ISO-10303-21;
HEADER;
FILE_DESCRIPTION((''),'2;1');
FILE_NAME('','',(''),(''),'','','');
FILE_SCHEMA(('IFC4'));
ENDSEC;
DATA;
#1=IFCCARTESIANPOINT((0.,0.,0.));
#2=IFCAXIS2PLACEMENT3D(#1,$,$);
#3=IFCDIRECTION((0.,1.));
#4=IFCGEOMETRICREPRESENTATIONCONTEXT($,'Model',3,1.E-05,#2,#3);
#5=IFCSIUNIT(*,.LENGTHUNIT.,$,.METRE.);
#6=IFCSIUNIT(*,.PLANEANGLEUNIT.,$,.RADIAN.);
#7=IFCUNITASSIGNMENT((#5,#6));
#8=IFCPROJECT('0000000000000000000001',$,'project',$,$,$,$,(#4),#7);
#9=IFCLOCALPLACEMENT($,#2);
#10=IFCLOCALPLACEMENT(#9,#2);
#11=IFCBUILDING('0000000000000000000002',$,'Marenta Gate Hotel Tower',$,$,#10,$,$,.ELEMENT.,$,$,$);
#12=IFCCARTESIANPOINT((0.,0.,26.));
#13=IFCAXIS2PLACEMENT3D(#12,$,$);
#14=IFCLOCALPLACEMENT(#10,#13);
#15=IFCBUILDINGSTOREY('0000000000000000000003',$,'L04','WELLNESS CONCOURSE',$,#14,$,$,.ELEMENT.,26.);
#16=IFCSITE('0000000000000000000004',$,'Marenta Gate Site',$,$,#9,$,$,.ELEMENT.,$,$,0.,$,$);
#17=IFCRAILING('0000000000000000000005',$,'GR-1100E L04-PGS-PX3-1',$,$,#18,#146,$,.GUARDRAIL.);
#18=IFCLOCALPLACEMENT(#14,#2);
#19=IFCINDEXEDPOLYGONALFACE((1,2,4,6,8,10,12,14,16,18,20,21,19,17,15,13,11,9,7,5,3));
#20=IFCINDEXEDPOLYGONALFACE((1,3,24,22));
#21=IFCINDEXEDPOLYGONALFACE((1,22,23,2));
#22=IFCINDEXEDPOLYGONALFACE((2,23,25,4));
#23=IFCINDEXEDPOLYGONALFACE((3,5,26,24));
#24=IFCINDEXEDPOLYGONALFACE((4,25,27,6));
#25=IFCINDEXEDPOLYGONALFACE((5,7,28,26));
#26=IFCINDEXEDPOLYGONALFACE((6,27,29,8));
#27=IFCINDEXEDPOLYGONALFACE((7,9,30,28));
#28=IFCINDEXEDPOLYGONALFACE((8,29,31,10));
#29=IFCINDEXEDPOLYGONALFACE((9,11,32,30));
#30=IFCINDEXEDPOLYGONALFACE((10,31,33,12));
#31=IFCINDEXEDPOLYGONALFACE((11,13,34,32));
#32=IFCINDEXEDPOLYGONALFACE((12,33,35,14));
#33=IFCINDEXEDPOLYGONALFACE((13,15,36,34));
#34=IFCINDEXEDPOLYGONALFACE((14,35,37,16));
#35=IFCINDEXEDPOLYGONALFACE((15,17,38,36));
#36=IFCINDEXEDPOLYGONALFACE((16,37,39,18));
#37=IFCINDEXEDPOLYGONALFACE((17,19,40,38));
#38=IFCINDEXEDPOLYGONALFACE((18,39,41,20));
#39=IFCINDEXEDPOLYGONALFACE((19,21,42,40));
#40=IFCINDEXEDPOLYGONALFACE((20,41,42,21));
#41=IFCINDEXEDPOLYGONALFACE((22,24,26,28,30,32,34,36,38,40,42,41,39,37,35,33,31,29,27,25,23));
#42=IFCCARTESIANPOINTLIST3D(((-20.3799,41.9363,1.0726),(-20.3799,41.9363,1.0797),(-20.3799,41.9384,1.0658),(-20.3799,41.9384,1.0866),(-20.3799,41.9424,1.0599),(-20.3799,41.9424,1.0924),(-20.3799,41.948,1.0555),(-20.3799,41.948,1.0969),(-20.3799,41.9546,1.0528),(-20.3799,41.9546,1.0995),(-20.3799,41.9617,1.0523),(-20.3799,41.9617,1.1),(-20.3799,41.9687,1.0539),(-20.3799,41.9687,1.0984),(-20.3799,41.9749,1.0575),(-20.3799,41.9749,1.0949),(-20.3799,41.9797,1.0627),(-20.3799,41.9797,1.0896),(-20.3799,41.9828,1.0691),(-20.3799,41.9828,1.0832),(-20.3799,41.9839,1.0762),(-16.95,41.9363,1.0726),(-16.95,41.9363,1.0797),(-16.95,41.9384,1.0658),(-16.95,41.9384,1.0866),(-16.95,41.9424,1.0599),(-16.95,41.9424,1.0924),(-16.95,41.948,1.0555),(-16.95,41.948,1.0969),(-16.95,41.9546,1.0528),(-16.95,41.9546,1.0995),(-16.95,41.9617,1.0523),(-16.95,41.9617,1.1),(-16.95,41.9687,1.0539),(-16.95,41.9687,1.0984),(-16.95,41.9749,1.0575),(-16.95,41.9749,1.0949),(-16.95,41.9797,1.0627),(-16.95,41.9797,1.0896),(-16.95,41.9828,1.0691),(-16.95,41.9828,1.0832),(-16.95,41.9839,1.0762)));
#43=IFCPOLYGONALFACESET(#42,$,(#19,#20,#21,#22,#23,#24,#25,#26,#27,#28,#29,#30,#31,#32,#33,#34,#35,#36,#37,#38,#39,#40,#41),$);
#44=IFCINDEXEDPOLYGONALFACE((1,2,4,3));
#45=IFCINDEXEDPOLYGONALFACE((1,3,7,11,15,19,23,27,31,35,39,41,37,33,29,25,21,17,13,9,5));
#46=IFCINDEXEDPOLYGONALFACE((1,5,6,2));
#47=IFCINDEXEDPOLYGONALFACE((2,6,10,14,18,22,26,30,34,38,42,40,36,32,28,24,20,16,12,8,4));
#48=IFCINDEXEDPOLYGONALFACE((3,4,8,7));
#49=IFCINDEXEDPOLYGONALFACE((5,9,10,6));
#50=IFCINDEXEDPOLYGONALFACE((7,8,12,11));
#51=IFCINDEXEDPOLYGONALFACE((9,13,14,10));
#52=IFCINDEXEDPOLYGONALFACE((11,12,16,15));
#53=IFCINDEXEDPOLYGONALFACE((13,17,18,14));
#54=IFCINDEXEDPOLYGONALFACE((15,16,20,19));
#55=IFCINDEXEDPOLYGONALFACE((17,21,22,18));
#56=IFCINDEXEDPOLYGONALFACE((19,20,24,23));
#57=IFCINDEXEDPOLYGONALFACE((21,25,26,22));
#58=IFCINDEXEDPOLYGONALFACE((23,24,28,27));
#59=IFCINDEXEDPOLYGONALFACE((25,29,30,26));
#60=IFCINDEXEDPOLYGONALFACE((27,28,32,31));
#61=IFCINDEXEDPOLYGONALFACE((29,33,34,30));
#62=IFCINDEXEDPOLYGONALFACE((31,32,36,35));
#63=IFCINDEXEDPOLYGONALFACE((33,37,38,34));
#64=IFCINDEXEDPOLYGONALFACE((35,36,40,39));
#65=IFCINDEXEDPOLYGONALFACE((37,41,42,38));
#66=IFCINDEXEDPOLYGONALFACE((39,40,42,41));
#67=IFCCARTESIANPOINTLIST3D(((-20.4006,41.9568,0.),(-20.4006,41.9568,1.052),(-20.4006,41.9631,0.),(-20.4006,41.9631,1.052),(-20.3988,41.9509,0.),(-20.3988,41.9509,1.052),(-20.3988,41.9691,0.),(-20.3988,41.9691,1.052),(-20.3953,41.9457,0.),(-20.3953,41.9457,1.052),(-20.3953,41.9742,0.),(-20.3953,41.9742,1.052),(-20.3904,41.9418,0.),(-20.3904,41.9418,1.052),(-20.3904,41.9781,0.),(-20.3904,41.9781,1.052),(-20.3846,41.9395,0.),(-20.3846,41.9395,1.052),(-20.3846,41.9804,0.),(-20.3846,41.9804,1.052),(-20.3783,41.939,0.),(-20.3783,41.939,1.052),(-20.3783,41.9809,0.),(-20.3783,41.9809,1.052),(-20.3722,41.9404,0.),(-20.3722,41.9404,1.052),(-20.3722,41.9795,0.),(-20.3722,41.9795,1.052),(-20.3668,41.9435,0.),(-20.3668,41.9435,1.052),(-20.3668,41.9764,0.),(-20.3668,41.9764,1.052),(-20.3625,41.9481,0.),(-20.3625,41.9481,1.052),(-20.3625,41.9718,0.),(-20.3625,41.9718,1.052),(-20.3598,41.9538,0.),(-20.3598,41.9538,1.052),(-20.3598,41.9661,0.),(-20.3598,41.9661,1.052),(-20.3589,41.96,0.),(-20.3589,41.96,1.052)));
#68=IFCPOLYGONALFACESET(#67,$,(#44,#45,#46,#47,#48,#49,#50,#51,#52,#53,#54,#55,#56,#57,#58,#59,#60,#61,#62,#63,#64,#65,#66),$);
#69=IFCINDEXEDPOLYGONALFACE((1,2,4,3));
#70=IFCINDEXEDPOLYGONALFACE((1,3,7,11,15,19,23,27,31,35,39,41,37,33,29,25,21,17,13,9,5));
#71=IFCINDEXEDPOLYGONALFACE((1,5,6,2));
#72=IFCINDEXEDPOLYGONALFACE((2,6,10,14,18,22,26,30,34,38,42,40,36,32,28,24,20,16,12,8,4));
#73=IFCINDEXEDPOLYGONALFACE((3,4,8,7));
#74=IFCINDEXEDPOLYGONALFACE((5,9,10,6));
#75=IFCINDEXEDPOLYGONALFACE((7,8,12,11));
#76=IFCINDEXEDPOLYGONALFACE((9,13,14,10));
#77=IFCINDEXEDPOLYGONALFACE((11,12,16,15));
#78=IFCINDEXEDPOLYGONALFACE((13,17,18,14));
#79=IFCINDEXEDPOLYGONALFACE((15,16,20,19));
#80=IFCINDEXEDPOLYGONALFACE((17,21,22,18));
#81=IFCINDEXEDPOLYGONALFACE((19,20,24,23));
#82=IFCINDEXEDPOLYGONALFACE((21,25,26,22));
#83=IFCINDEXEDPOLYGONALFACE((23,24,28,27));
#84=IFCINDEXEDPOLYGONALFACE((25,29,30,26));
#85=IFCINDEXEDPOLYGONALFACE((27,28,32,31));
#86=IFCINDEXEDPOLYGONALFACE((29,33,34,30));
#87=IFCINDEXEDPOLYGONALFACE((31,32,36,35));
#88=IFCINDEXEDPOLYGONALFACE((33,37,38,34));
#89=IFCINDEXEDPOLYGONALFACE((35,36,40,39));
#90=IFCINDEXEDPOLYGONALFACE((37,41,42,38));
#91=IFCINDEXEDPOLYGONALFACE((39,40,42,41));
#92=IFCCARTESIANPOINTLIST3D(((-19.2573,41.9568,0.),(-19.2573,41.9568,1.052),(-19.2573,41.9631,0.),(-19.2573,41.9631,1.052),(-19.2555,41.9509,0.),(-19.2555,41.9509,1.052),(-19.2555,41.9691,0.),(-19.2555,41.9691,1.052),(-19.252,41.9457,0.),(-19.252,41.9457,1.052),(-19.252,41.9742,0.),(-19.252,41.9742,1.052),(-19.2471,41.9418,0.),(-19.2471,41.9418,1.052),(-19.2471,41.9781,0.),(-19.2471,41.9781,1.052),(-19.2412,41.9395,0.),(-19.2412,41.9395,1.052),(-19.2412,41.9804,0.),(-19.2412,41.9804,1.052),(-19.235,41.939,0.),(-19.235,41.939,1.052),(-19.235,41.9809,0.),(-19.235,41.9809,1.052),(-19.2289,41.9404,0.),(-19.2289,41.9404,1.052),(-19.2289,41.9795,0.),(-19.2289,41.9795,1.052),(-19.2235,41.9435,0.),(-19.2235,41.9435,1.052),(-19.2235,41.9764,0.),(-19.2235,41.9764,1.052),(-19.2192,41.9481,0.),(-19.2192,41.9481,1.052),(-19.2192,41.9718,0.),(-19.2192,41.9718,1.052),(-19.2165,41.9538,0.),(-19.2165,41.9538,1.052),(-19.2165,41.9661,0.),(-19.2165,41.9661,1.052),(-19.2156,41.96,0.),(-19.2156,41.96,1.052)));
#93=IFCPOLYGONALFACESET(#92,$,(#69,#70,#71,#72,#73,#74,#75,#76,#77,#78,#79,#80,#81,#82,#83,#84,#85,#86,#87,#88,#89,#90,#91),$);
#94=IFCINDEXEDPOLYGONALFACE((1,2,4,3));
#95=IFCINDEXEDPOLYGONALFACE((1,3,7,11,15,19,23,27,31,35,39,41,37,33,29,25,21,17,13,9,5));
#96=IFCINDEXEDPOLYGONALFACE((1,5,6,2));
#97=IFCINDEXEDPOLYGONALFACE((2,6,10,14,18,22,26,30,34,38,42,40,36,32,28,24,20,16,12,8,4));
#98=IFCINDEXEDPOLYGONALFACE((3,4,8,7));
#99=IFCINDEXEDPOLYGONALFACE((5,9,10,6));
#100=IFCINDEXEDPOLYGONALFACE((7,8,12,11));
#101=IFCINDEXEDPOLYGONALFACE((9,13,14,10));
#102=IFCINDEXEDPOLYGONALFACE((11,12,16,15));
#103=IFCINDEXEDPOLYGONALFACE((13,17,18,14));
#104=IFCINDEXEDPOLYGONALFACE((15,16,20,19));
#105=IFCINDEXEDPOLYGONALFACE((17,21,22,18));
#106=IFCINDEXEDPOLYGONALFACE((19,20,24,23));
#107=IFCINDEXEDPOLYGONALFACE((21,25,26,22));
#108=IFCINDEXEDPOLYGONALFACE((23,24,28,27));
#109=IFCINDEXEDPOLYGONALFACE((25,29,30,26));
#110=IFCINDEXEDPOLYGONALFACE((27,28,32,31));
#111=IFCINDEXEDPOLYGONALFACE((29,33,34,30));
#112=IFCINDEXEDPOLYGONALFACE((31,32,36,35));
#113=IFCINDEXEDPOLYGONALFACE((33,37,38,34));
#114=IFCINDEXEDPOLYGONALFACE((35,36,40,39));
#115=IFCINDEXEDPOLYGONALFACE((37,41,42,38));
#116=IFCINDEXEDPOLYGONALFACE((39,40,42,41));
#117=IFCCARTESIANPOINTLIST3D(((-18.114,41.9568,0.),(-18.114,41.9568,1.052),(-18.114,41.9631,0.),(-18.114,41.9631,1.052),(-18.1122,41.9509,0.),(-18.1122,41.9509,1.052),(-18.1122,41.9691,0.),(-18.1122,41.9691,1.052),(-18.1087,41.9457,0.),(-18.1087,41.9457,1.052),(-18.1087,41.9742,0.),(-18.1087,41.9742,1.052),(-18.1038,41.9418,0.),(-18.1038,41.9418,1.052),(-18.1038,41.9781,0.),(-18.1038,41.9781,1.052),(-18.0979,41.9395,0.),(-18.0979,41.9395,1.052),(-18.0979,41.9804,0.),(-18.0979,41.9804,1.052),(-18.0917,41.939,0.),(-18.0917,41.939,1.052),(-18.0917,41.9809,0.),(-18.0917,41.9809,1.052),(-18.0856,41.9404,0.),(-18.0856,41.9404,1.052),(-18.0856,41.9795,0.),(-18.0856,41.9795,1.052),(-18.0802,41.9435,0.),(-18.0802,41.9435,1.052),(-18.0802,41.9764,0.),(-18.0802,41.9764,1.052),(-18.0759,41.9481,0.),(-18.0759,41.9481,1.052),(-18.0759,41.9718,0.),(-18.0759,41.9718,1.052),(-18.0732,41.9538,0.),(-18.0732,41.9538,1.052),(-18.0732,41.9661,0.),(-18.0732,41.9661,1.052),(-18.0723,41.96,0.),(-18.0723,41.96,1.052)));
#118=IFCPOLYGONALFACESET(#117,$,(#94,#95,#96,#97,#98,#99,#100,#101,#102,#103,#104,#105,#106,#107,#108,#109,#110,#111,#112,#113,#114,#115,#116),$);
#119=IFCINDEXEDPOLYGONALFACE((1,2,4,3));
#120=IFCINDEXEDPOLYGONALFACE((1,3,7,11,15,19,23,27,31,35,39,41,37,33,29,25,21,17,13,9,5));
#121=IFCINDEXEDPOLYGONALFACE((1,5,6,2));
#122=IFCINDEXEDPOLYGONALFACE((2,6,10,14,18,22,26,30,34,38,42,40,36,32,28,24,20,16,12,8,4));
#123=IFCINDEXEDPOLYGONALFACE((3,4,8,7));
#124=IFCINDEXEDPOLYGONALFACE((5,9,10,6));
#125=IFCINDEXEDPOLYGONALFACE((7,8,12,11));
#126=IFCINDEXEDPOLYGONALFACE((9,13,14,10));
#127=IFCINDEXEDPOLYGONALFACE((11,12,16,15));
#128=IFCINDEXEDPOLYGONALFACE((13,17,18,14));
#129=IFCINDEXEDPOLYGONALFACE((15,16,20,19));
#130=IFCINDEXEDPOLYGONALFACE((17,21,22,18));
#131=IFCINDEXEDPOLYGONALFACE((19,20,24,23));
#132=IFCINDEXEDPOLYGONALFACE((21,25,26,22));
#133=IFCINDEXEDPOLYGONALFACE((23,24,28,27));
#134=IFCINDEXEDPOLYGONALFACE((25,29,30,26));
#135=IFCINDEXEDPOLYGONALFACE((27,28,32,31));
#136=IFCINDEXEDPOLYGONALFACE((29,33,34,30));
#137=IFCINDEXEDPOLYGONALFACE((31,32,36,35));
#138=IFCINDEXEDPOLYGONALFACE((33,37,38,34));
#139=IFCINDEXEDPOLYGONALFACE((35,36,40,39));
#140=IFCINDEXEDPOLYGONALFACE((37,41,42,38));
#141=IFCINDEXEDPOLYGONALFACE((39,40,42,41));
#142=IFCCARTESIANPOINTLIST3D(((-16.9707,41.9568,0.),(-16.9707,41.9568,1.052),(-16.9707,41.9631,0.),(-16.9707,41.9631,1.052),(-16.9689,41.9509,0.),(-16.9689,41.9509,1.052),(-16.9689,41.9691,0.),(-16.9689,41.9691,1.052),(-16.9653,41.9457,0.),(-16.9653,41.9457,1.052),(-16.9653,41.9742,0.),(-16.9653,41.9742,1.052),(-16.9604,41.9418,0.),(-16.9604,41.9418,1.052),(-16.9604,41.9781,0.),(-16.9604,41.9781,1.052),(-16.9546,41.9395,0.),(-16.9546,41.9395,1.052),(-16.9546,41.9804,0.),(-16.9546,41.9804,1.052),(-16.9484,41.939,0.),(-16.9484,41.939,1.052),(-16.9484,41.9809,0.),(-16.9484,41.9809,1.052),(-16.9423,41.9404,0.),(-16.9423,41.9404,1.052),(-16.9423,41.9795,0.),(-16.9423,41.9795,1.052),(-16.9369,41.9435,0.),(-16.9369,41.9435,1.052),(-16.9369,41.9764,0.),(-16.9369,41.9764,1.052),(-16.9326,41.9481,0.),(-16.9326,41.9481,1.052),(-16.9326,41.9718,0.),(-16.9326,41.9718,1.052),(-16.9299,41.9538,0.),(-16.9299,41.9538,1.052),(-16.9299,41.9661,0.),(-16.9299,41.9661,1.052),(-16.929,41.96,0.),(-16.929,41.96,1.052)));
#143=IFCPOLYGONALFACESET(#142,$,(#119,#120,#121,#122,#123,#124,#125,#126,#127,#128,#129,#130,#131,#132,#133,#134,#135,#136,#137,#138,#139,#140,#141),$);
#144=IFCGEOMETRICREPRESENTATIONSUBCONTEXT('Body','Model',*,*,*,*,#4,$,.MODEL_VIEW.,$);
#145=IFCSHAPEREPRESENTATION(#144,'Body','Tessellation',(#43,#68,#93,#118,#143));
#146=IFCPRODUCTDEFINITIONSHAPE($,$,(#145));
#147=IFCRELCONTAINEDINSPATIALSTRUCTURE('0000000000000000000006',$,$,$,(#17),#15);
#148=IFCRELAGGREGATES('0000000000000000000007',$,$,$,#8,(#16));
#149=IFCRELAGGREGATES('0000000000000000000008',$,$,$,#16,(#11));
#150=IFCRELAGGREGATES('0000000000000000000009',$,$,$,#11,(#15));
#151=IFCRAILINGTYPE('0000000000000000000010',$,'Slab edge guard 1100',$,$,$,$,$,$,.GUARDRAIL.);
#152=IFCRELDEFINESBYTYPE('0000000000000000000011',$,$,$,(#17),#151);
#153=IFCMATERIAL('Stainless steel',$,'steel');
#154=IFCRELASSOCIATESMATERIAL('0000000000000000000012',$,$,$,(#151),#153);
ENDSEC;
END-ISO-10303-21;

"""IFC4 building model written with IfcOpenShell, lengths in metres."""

from ifc_helpers import new_model, si_unit, direction, frame, origin, origin_2d, place, context, subcontext, project, spatial, circle, extrude, material, type_object, element, save


model = new_model("IFC4")

# Units and contexts
model_context = context("Model", 3, precision=1e-05, world=origin(), true_north=direction((0.0, 1.0)))
body_context = subcontext(model_context, "Body", "Model", "MODEL_VIEW")
ifc_project = project(units=[si_unit("LENGTHUNIT", "METRE"), si_unit("PLANEANGLEUNIT", "RADIAN")], contexts=[model_context])

# Site, building, storey
site_placement = place(None, origin())
site = spatial("IfcSite", under=ifc_project, at=site_placement, Name="Marenta Gate Site", CompositionType="ELEMENT", RefElevation=0.0)
building_placement = place(site_placement, origin())
building = spatial("IfcBuilding", under=site, at=building_placement, Name="Marenta Gate Hotel Tower", CompositionType="ELEMENT")
storey_placement = place(building_placement, frame((0.0, 0.0, 26.0)))
storey = spatial("IfcBuildingStorey", under=building, at=storey_placement, Name="L04", Description="WELLNESS CONCOURSE", CompositionType="ELEMENT", Elevation=26.0)

# Railing
ifc_material_1 = material(Name="Stainless steel", Category="steel")
railing_type_1 = type_object("IfcRailingType", Name="Slab edge guard 1100", PredefinedType="GUARDRAIL", material=ifc_material_1)
railing_placement = place(storey_placement, frame((-20.3799, 41.96, 0.0)))
element("IfcRailing", 1, at=railing_placement, inside=storey, type_object=railing_type_1, Name="GR-1100E L04-PGS-PX3-1", PredefinedType="GUARDRAIL", context=body_context, shape_type="SweptSolid", body=[
    extrude(circle(Radius=0.0239, at=origin_2d()), frame((0.0, 0.0, 1.0762), z_axis=(1.0, 0.0, 0.0), x_axis=(0.0, 1.0, 0.0)), (0.0, 0.0, 1.0), 3.4299),
    extrude(circle(Radius=0.021, at=origin_2d()), origin(), (0.0, 0.0, 1.0), 1.052),
    extrude(circle(Radius=0.021, at=origin_2d()), frame((1.1433, 0.0, 0.0)), (0.0, 0.0, 1.0), 1.052),
    extrude(circle(Radius=0.021, at=origin_2d()), frame((2.2866, 0.0, 0.0)), (0.0, 0.0, 1.0), 1.052),
    extrude(circle(Radius=0.021, at=origin_2d()), frame((3.4299, 0.0, 0.0)), (0.0, 0.0, 1.0), 1.052),
])

save(model, "model.ifc")
